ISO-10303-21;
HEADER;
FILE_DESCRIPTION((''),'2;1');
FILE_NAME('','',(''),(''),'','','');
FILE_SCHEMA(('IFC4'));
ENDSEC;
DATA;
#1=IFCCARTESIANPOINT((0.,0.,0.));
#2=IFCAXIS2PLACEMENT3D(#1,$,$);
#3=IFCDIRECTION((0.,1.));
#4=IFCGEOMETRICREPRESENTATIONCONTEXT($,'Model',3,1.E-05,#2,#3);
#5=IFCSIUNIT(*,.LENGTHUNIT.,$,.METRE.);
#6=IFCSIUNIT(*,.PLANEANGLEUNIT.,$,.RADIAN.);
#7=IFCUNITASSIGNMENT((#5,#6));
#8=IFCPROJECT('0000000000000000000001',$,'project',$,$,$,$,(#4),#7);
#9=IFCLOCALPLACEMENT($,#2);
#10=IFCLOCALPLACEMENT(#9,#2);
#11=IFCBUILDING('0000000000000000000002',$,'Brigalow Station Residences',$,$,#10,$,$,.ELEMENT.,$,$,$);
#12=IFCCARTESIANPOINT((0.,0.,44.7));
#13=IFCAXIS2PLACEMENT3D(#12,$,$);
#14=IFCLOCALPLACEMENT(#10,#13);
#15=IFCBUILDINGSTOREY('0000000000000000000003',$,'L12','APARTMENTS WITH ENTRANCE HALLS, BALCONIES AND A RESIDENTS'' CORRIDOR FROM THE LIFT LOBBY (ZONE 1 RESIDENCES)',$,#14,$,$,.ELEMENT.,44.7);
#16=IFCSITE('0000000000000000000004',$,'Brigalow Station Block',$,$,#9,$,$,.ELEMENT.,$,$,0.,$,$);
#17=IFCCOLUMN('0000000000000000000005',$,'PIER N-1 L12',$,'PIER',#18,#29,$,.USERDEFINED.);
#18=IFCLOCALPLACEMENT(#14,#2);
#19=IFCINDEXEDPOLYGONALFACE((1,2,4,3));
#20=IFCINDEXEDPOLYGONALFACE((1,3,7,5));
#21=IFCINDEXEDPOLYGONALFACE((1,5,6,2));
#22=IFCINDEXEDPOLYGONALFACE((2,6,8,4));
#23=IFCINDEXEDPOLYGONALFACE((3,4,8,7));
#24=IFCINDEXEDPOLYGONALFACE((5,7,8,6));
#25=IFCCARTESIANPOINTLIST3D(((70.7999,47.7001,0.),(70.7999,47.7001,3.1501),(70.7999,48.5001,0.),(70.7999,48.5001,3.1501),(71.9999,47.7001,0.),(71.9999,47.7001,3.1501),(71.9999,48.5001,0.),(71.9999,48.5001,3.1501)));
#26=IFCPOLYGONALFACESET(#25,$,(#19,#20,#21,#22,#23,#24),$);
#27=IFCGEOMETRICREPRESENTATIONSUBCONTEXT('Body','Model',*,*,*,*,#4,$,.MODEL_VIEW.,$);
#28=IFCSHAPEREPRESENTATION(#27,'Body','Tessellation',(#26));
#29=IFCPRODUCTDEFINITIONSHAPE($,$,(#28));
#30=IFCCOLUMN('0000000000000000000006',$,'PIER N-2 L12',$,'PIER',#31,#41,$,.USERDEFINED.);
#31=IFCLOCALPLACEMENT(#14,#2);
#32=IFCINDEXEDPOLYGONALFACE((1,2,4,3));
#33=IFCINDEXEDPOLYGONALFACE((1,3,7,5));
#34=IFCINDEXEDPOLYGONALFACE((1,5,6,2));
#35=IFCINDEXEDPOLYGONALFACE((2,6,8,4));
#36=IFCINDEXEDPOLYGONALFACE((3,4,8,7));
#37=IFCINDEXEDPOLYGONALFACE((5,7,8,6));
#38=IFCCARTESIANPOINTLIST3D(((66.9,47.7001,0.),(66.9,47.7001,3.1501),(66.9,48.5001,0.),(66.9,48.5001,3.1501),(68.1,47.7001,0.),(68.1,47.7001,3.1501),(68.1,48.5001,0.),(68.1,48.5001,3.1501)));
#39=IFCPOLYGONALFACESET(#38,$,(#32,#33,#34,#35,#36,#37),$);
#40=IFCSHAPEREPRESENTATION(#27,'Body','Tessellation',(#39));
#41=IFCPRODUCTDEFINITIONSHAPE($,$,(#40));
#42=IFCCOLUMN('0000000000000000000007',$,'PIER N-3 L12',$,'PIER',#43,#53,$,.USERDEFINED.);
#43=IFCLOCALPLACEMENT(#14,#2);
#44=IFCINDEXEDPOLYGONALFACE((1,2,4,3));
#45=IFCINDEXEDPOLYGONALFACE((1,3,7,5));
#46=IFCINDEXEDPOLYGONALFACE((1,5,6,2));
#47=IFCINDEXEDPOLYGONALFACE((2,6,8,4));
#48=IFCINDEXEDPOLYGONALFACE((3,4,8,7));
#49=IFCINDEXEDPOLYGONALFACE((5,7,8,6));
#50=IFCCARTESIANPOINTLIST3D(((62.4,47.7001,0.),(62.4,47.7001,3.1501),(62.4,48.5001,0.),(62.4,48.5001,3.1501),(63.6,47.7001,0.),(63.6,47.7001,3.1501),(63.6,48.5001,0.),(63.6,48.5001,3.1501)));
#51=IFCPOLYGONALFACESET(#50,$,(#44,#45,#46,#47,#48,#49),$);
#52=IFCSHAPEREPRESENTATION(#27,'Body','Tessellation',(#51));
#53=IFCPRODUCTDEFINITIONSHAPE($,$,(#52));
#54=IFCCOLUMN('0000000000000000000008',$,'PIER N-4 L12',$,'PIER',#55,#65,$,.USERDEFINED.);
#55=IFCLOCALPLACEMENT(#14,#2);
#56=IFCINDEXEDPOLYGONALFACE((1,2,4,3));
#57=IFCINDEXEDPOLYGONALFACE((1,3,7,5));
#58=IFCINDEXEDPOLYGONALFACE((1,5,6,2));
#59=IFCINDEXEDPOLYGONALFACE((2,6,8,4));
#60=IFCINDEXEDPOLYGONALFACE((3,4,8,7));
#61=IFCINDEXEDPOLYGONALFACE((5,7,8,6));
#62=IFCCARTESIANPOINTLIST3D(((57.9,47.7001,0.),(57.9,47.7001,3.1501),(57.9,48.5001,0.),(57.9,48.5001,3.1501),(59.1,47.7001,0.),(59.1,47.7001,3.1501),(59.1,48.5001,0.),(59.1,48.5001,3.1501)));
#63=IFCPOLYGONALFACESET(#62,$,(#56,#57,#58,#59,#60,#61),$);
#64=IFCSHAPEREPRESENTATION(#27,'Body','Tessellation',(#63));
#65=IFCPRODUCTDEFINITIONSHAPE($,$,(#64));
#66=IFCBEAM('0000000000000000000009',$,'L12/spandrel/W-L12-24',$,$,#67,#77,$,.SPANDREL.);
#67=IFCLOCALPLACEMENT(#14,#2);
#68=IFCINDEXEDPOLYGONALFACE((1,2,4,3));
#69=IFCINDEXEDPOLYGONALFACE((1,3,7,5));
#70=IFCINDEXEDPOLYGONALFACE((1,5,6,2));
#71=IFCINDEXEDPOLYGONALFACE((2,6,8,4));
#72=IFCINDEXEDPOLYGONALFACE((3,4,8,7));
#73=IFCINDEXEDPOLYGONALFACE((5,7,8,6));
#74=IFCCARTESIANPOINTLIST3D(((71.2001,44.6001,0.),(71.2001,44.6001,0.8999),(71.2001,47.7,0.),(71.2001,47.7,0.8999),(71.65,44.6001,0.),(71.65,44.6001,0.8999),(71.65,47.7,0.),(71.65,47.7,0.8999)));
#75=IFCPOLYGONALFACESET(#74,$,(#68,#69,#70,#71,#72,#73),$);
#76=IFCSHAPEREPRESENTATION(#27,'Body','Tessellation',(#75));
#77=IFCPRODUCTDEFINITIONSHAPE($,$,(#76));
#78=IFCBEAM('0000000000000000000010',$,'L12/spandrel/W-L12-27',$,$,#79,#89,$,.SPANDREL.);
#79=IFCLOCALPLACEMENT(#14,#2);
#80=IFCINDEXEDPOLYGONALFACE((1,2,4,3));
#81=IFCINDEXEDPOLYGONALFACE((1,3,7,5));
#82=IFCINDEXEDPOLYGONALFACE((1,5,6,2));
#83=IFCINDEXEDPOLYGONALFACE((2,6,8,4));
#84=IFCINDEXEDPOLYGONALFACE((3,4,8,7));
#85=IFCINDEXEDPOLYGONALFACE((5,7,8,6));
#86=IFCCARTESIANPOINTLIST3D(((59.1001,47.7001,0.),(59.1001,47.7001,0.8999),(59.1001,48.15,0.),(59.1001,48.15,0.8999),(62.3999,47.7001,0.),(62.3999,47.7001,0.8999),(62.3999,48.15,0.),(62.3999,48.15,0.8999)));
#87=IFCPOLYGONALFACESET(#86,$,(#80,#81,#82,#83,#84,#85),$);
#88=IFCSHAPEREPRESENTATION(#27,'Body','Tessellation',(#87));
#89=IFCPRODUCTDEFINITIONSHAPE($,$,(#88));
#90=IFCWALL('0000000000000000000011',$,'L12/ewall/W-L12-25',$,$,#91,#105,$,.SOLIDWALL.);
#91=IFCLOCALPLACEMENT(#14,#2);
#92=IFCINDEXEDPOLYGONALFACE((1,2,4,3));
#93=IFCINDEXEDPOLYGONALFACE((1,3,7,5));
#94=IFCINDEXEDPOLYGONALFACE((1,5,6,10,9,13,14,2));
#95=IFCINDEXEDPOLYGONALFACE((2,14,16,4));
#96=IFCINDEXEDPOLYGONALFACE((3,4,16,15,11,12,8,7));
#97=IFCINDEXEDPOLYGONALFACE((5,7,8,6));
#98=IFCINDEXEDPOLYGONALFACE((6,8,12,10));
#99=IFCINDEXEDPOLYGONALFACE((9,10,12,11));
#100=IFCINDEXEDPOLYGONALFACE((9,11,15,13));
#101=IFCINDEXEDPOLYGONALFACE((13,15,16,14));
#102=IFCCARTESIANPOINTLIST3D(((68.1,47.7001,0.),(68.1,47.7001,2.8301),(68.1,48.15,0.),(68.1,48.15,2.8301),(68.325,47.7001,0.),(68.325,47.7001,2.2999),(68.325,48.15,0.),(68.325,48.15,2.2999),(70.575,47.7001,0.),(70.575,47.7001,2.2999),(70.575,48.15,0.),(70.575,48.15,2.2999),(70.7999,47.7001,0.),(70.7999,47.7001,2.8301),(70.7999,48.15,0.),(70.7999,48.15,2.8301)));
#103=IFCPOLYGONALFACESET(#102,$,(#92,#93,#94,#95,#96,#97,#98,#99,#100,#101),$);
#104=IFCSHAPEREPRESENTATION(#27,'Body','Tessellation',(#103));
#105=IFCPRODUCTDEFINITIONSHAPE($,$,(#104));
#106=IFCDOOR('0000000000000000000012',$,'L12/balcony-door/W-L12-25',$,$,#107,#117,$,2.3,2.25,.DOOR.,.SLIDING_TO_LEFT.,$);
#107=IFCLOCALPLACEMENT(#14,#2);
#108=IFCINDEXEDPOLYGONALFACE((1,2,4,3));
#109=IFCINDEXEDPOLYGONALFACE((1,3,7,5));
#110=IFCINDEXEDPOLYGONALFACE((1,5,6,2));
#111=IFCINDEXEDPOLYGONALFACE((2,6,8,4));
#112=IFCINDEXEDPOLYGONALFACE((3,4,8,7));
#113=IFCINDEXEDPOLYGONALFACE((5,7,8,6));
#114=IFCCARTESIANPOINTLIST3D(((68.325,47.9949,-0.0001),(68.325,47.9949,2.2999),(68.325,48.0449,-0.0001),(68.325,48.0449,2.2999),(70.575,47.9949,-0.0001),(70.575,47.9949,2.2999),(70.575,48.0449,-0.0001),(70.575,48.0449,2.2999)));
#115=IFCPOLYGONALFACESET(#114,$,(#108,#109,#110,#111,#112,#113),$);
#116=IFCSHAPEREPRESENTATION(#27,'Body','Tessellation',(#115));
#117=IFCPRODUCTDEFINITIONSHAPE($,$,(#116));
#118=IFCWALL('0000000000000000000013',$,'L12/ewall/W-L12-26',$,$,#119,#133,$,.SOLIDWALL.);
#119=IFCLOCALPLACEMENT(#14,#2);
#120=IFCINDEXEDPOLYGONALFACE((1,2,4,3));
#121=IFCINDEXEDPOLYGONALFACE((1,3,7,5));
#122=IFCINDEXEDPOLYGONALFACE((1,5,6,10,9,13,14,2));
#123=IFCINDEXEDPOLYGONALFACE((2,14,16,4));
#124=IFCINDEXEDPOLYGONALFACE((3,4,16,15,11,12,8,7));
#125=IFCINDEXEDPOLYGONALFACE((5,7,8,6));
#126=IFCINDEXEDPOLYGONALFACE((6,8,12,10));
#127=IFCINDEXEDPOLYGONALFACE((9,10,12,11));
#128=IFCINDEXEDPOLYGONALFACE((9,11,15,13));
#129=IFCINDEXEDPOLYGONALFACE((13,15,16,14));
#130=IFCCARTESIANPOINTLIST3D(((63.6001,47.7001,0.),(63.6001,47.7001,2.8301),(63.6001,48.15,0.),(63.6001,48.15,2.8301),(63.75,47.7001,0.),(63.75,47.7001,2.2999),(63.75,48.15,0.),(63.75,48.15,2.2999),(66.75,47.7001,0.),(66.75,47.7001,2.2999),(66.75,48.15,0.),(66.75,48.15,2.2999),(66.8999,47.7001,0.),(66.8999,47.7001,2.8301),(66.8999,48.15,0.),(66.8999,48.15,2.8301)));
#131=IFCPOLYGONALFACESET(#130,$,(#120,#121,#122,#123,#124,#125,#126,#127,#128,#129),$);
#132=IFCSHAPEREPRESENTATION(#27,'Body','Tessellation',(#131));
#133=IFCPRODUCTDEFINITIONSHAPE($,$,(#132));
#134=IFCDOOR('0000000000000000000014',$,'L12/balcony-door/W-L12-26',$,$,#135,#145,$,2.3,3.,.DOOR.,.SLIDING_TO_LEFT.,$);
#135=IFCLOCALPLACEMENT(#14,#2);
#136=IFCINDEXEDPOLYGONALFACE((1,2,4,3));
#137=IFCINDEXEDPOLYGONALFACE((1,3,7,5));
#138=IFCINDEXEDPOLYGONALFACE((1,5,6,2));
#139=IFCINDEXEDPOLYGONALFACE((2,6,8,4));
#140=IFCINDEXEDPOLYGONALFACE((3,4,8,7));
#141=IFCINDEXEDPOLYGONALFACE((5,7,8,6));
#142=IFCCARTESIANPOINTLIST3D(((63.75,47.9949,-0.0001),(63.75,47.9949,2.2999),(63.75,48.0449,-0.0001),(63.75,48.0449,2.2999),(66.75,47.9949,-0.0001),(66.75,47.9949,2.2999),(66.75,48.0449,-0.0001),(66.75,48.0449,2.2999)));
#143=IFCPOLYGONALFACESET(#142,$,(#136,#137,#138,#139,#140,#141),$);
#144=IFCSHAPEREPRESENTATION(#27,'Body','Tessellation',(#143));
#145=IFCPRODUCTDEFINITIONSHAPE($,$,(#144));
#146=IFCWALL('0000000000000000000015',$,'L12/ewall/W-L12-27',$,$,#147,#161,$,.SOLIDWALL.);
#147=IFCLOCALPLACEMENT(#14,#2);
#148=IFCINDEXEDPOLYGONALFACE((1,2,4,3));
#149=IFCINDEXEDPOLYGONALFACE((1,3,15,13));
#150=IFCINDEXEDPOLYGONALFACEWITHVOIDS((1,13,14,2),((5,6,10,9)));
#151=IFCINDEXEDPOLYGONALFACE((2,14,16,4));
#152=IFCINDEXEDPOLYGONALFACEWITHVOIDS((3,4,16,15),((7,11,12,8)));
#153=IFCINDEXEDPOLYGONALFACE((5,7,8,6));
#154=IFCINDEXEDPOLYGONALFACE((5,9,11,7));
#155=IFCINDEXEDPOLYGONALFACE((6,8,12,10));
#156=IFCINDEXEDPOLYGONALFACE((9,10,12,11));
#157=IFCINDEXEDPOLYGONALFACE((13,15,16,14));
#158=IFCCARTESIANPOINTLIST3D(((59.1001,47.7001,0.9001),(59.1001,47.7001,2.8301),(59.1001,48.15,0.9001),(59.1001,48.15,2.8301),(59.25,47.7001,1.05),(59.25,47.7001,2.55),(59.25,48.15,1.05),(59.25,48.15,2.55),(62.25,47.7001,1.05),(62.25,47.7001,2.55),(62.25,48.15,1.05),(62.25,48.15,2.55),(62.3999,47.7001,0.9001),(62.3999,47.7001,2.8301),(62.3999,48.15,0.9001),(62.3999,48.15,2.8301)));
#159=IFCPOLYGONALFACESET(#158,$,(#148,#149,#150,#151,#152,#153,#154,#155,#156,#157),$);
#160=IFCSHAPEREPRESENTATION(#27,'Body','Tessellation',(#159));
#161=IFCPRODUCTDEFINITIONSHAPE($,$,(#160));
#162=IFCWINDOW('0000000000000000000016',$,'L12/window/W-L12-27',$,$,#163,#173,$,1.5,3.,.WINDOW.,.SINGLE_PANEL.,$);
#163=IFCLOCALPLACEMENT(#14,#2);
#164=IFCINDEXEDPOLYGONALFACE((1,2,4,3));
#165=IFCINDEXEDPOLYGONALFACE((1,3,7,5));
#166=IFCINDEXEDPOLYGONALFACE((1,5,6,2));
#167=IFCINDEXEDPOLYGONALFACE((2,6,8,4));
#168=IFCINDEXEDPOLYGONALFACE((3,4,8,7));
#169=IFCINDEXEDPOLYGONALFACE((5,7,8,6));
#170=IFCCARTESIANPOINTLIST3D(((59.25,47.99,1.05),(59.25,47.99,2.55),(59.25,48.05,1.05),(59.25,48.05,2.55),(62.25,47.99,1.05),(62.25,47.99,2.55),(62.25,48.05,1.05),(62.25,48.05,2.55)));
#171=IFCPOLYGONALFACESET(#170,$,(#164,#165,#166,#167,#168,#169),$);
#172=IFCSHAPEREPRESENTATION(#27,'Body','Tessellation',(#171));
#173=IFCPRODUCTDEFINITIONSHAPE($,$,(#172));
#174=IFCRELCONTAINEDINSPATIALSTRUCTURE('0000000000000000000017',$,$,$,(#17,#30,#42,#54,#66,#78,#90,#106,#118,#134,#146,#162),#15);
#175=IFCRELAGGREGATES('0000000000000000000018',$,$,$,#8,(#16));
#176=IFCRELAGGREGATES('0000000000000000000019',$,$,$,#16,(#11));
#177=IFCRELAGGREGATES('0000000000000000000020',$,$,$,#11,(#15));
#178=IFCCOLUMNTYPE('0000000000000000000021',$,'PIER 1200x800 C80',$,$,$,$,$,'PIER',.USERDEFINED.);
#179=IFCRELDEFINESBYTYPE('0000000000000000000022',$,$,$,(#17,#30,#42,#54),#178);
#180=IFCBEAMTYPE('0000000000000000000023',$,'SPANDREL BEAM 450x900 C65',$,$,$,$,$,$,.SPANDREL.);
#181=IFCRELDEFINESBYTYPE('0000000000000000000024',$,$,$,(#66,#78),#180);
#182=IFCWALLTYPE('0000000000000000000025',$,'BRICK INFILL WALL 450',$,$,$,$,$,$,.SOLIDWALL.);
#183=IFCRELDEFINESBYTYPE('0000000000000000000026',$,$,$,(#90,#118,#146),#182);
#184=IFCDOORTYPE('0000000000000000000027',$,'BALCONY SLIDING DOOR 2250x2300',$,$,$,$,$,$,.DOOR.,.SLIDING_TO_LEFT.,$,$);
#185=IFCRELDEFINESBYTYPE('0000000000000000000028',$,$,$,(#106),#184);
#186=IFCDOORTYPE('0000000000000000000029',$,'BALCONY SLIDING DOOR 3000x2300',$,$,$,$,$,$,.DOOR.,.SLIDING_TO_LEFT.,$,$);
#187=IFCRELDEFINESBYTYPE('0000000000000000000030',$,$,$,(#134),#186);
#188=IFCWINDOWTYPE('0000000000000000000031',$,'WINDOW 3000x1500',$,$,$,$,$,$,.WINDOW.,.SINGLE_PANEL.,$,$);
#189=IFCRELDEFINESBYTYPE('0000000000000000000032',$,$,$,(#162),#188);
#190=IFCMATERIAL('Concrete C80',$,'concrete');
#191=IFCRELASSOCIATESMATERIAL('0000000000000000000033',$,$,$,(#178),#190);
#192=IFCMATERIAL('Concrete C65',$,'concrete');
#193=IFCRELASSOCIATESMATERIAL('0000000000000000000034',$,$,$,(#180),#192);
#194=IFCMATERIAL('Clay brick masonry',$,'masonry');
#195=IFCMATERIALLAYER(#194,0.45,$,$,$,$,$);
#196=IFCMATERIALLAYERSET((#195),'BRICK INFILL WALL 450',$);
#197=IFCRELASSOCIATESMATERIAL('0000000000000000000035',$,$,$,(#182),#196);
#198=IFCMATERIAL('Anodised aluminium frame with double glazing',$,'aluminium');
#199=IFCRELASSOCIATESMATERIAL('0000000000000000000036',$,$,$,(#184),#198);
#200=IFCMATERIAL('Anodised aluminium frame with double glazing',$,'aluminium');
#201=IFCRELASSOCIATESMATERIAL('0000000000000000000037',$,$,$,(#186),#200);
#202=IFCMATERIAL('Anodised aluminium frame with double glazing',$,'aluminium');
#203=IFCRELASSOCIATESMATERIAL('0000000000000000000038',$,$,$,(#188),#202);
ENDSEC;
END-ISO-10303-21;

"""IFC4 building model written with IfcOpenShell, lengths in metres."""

from ifc_helpers import new_model, si_unit, direction, frame, frame_2d, origin, origin_2d, place, context, subcontext, project, spatial, rectangle, extrude, material, layer, layer_set, material_profile, profile_set, type_object, element, fill, save


model = new_model("IFC4")

# Units and contexts
model_context = context("Model", 3, precision=1e-05, world=origin(), true_north=direction((0.0, 1.0)))
body_context = subcontext(model_context, "Body", "Model", "MODEL_VIEW")
ifc_project = project(units=[si_unit("LENGTHUNIT", "METRE"), si_unit("PLANEANGLEUNIT", "RADIAN")], contexts=[model_context])

# Site, building, storey
site_placement = place(None, origin())
site = spatial("IfcSite", under=ifc_project, at=site_placement, Name="Brigalow Station Block", CompositionType="ELEMENT", RefElevation=0.0)
building_placement = place(site_placement, origin())
building = spatial("IfcBuilding", under=site, at=building_placement, Name="Brigalow Station Residences", CompositionType="ELEMENT")
storey_placement = place(building_placement, frame((0.0, 0.0, 44.7)))
storey = spatial("IfcBuildingStorey", under=building, at=storey_placement, Name="L12", Description="APARTMENTS WITH ENTRANCE HALLS, BALCONIES AND A RESIDENTS' CORRIDOR FROM THE LIFT LOBBY (ZONE 1 RESIDENCES)", CompositionType="ELEMENT", Elevation=44.7)

# Columns
ifc_material_1 = material(Name="Concrete C80", Category="concrete")
ifc_material_profile_1 = material_profile(ifc_material_1, rectangle(XDim=1.2, YDim=0.8, at=origin_2d()), Name="RC1200x800")
ifc_profile_set_1 = profile_set([ifc_material_profile_1], Name="Concrete C80")
column_type = type_object("IfcColumnType", Name="PIER 1200x800 C80", ElementType="PIER", PredefinedType="USERDEFINED", material=ifc_profile_set_1)
for number, where, z_axis, x_axis, name in (
    (1, (71.3999, 48.1001, 0.0), (0.0, 0.0, 1.0), (-1.0, 0.0, 0.0), "PIER N-1 L12"),
    (2, (67.5, 48.1001, 0.0), (0.0, 0.0, 1.0), (-1.0, 0.0, 0.0), "PIER N-2 L12"),
    (3, (63.0, 48.1001, 0.0), (0.0, 0.0, 1.0), (-1.0, 0.0, 0.0), "PIER N-3 L12"),
    (4, (58.5, 48.1001, 0.0), (0.0, 0.0, 1.0), (-1.0, 0.0, 0.0), "PIER N-4 L12"),
):
    element("IfcColumn", number, at=place(storey_placement, frame(where, z_axis=z_axis, x_axis=x_axis)), inside=storey, type_object=column_type, Name=name, ObjectType="PIER", PredefinedType="USERDEFINED", context=body_context, shape_type="SweptSolid", body=[
        extrude(rectangle(XDim=1.2, YDim=0.8, at=origin_2d()), origin(), (0.0, 0.0, 1.0), 3.1501),
    ])

# Beams
ifc_material_2 = material(Name="Concrete C65", Category="concrete")
ifc_material_profile_2 = material_profile(ifc_material_2, rectangle(XDim=0.45, YDim=0.8999, at=origin_2d()), Name="RC450x900")
ifc_profile_set_2 = profile_set([ifc_material_profile_2], Name="Concrete C65")
beam_type = type_object("IfcBeamType", Name="SPANDREL BEAM 450x900 C65", PredefinedType="SPANDREL", material=ifc_profile_set_2)
beam_1_placement = place(storey_placement, frame((71.425, 44.6001, 0.45), z_axis=(0.0, 1.0, 0.0), x_axis=(-1.0, 0.0, 0.0)))
element("IfcBeam", 5, at=beam_1_placement, inside=storey, type_object=beam_type, Name="L12/spandrel/W-L12-24", PredefinedType="SPANDREL", context=body_context, shape_type="SweptSolid", body=[
    extrude(rectangle(XDim=0.45, YDim=0.8999, at=origin_2d()), origin(), (0.0, 0.0, 1.0), 3.0999),
])
beam_2_placement = place(storey_placement, frame((62.3999, 47.925, 0.45), z_axis=(-1.0, 0.0, 0.0), x_axis=(0.0, -1.0, 0.0)))
element("IfcBeam", 6, at=beam_2_placement, inside=storey, type_object=beam_type, Name="L12/spandrel/W-L12-27", PredefinedType="SPANDREL", context=body_context, shape_type="SweptSolid", body=[
    extrude(rectangle(XDim=0.45, YDim=0.8999, at=origin_2d()), origin(), (0.0, 0.0, 1.0), 3.2998),
])

# Walls, openings, doors
ifc_material_3 = material(Name="Clay brick masonry", Category="masonry")
ifc_layer_1 = layer(ifc_material_3, 0.45)
ifc_layer_set_1 = layer_set([ifc_layer_1], Name="BRICK INFILL WALL 450")
wall_type_1 = type_object("IfcWallType", Name="BRICK INFILL WALL 450", PredefinedType="SOLIDWALL", material=ifc_layer_set_1)
wall_1_placement = place(storey_placement, frame((70.8, 47.925, 0.0), z_axis=(0.0, 0.0, 1.0), x_axis=(-1.0, 0.0, 0.0)))
wall_1 = element("IfcWall", 7, at=wall_1_placement, inside=storey, type_object=wall_type_1, Name="L12/ewall/W-L12-25", PredefinedType="SOLIDWALL", context=body_context, shape_type="SweptSolid", body=[
    extrude(rectangle(XDim=2.7, YDim=0.45, at=frame_2d((1.3501, 0.0))), origin(), (0.0, 0.0, 1.0), 2.8301),
])
opening_1_placement = place(wall_1_placement, frame((0.2251, 0.0, 0.0)))
opening_1 = element("IfcOpeningElement", 8, at=opening_1_placement, cuts=wall_1, PredefinedType="OPENING", context=body_context, shape_type="SweptSolid", body=[
    extrude(rectangle(XDim=2.25, YDim=2.3, at=frame_2d((1.125, 1.1499))), frame((0.0, 0.2349, 0.0), z_axis=(0.0, -1.0, 0.0), x_axis=(1.0, 0.0, 0.0)), (0.0, 0.0, 1.0), 0.47),
])
ifc_material_4 = material(Name="Anodised aluminium frame with double glazing", Category="aluminium")
door_type_1 = type_object("IfcDoorType", Name="BALCONY SLIDING DOOR 2250x2300", OperationType="SLIDING_TO_LEFT", PredefinedType="DOOR", material=ifc_material_4)
door_1_placement = place(opening_1_placement, origin())
door_1 = element("IfcDoor", 9, at=door_1_placement, inside=storey, type_object=door_type_1, Name="L12/balcony-door/W-L12-25", OperationType="SLIDING_TO_LEFT", OverallHeight=2.3, OverallWidth=2.25, PredefinedType="DOOR", context=body_context, shape_type="SweptSolid", body=[
    extrude(rectangle(XDim=2.25, YDim=2.3, at=frame_2d((1.125, 1.1499))), frame((0.0, -0.0698, 0.0), z_axis=(0.0, -1.0, 0.0), x_axis=(1.0, 0.0, 0.0)), (0.0, 0.0, 1.0), 0.05),
])
fill(opening_1, door_1)
wall_2_placement = place(storey_placement, frame((66.8999, 47.925, 0.0), z_axis=(0.0, 0.0, 1.0), x_axis=(-1.0, 0.0, 0.0)))
wall_2 = element("IfcWall", 10, at=wall_2_placement, inside=storey, type_object=wall_type_1, Name="L12/ewall/W-L12-26", PredefinedType="SOLIDWALL", context=body_context, shape_type="SweptSolid", body=[
    extrude(rectangle(XDim=3.2998, YDim=0.45, at=frame_2d((1.6499, 0.0))), origin(), (0.0, 0.0, 1.0), 2.8301),
])
opening_2_placement = place(wall_2_placement, frame((0.1499, 0.0, 0.0)))
opening_2 = element("IfcOpeningElement", 11, at=opening_2_placement, cuts=wall_2, PredefinedType="OPENING", context=body_context, shape_type="SweptSolid", body=[
    extrude(rectangle(XDim=3.0, YDim=2.3, at=frame_2d((1.5, 1.1499))), frame((0.0, 0.2349, 0.0), z_axis=(0.0, -1.0, 0.0), x_axis=(1.0, 0.0, 0.0)), (0.0, 0.0, 1.0), 0.47),
])
ifc_material_5 = material(Name="Anodised aluminium frame with double glazing", Category="aluminium")
door_type_2 = type_object("IfcDoorType", Name="BALCONY SLIDING DOOR 3000x2300", OperationType="SLIDING_TO_LEFT", PredefinedType="DOOR", material=ifc_material_5)
door_2_placement = place(opening_2_placement, origin())
door_2 = element("IfcDoor", 12, at=door_2_placement, inside=storey, type_object=door_type_2, Name="L12/balcony-door/W-L12-26", OperationType="SLIDING_TO_LEFT", OverallHeight=2.3, OverallWidth=3.0, PredefinedType="DOOR", context=body_context, shape_type="SweptSolid", body=[
    extrude(rectangle(XDim=3.0, YDim=2.3, at=frame_2d((1.5, 1.1499))), frame((0.0, -0.0698, 0.0), z_axis=(0.0, -1.0, 0.0), x_axis=(1.0, 0.0, 0.0)), (0.0, 0.0, 1.0), 0.05),
])
fill(opening_2, door_2)

# Wall, opening, window
wall_3_placement = place(storey_placement, frame((62.3999, 47.925, 0.9001), z_axis=(0.0, 0.0, 1.0), x_axis=(-1.0, 0.0, 0.0)))
wall_3 = element("IfcWall", 13, at=wall_3_placement, inside=storey, type_object=wall_type_1, Name="L12/ewall/W-L12-27", PredefinedType="SOLIDWALL", context=body_context, shape_type="SweptSolid", body=[
    extrude(rectangle(XDim=3.2998, YDim=0.45, at=frame_2d((1.6499, 0.0))), origin(), (0.0, 0.0, 1.0), 1.9299),
])
opening_3_placement = place(wall_3_placement, frame((0.1499, 0.0, 0.1499)))
opening_3 = element("IfcOpeningElement", 14, at=opening_3_placement, cuts=wall_3, PredefinedType="OPENING", context=body_context, shape_type="SweptSolid", body=[
    extrude(rectangle(XDim=3.0, YDim=1.5, at=frame_2d((1.5, 0.75))), frame((0.0, 0.2349, 0.0), z_axis=(0.0, -1.0, 0.0), x_axis=(1.0, 0.0, 0.0)), (0.0, 0.0, 1.0), 0.47),
])
ifc_material_6 = material(Name="Anodised aluminium frame with double glazing", Category="aluminium")
window_type = type_object("IfcWindowType", Name="WINDOW 3000x1500", PartitioningType="SINGLE_PANEL", PredefinedType="WINDOW", material=ifc_material_6)
window_placement = place(opening_3_placement, origin())
window = element("IfcWindow", 15, at=window_placement, inside=storey, type_object=window_type, Name="L12/window/W-L12-27", OverallHeight=1.5, OverallWidth=3.0, PartitioningType="SINGLE_PANEL", PredefinedType="WINDOW", context=body_context, shape_type="SweptSolid", body=[
    extrude(rectangle(XDim=3.0, YDim=1.5, at=frame_2d((1.5, 0.75))), frame((0.0, -0.0649, 0.0), z_axis=(0.0, -1.0, 0.0), x_axis=(1.0, 0.0, 0.0)), (0.0, 0.0, 1.0), 0.0601),
])
fill(opening_3, window)

save(model, "model.ifc")
